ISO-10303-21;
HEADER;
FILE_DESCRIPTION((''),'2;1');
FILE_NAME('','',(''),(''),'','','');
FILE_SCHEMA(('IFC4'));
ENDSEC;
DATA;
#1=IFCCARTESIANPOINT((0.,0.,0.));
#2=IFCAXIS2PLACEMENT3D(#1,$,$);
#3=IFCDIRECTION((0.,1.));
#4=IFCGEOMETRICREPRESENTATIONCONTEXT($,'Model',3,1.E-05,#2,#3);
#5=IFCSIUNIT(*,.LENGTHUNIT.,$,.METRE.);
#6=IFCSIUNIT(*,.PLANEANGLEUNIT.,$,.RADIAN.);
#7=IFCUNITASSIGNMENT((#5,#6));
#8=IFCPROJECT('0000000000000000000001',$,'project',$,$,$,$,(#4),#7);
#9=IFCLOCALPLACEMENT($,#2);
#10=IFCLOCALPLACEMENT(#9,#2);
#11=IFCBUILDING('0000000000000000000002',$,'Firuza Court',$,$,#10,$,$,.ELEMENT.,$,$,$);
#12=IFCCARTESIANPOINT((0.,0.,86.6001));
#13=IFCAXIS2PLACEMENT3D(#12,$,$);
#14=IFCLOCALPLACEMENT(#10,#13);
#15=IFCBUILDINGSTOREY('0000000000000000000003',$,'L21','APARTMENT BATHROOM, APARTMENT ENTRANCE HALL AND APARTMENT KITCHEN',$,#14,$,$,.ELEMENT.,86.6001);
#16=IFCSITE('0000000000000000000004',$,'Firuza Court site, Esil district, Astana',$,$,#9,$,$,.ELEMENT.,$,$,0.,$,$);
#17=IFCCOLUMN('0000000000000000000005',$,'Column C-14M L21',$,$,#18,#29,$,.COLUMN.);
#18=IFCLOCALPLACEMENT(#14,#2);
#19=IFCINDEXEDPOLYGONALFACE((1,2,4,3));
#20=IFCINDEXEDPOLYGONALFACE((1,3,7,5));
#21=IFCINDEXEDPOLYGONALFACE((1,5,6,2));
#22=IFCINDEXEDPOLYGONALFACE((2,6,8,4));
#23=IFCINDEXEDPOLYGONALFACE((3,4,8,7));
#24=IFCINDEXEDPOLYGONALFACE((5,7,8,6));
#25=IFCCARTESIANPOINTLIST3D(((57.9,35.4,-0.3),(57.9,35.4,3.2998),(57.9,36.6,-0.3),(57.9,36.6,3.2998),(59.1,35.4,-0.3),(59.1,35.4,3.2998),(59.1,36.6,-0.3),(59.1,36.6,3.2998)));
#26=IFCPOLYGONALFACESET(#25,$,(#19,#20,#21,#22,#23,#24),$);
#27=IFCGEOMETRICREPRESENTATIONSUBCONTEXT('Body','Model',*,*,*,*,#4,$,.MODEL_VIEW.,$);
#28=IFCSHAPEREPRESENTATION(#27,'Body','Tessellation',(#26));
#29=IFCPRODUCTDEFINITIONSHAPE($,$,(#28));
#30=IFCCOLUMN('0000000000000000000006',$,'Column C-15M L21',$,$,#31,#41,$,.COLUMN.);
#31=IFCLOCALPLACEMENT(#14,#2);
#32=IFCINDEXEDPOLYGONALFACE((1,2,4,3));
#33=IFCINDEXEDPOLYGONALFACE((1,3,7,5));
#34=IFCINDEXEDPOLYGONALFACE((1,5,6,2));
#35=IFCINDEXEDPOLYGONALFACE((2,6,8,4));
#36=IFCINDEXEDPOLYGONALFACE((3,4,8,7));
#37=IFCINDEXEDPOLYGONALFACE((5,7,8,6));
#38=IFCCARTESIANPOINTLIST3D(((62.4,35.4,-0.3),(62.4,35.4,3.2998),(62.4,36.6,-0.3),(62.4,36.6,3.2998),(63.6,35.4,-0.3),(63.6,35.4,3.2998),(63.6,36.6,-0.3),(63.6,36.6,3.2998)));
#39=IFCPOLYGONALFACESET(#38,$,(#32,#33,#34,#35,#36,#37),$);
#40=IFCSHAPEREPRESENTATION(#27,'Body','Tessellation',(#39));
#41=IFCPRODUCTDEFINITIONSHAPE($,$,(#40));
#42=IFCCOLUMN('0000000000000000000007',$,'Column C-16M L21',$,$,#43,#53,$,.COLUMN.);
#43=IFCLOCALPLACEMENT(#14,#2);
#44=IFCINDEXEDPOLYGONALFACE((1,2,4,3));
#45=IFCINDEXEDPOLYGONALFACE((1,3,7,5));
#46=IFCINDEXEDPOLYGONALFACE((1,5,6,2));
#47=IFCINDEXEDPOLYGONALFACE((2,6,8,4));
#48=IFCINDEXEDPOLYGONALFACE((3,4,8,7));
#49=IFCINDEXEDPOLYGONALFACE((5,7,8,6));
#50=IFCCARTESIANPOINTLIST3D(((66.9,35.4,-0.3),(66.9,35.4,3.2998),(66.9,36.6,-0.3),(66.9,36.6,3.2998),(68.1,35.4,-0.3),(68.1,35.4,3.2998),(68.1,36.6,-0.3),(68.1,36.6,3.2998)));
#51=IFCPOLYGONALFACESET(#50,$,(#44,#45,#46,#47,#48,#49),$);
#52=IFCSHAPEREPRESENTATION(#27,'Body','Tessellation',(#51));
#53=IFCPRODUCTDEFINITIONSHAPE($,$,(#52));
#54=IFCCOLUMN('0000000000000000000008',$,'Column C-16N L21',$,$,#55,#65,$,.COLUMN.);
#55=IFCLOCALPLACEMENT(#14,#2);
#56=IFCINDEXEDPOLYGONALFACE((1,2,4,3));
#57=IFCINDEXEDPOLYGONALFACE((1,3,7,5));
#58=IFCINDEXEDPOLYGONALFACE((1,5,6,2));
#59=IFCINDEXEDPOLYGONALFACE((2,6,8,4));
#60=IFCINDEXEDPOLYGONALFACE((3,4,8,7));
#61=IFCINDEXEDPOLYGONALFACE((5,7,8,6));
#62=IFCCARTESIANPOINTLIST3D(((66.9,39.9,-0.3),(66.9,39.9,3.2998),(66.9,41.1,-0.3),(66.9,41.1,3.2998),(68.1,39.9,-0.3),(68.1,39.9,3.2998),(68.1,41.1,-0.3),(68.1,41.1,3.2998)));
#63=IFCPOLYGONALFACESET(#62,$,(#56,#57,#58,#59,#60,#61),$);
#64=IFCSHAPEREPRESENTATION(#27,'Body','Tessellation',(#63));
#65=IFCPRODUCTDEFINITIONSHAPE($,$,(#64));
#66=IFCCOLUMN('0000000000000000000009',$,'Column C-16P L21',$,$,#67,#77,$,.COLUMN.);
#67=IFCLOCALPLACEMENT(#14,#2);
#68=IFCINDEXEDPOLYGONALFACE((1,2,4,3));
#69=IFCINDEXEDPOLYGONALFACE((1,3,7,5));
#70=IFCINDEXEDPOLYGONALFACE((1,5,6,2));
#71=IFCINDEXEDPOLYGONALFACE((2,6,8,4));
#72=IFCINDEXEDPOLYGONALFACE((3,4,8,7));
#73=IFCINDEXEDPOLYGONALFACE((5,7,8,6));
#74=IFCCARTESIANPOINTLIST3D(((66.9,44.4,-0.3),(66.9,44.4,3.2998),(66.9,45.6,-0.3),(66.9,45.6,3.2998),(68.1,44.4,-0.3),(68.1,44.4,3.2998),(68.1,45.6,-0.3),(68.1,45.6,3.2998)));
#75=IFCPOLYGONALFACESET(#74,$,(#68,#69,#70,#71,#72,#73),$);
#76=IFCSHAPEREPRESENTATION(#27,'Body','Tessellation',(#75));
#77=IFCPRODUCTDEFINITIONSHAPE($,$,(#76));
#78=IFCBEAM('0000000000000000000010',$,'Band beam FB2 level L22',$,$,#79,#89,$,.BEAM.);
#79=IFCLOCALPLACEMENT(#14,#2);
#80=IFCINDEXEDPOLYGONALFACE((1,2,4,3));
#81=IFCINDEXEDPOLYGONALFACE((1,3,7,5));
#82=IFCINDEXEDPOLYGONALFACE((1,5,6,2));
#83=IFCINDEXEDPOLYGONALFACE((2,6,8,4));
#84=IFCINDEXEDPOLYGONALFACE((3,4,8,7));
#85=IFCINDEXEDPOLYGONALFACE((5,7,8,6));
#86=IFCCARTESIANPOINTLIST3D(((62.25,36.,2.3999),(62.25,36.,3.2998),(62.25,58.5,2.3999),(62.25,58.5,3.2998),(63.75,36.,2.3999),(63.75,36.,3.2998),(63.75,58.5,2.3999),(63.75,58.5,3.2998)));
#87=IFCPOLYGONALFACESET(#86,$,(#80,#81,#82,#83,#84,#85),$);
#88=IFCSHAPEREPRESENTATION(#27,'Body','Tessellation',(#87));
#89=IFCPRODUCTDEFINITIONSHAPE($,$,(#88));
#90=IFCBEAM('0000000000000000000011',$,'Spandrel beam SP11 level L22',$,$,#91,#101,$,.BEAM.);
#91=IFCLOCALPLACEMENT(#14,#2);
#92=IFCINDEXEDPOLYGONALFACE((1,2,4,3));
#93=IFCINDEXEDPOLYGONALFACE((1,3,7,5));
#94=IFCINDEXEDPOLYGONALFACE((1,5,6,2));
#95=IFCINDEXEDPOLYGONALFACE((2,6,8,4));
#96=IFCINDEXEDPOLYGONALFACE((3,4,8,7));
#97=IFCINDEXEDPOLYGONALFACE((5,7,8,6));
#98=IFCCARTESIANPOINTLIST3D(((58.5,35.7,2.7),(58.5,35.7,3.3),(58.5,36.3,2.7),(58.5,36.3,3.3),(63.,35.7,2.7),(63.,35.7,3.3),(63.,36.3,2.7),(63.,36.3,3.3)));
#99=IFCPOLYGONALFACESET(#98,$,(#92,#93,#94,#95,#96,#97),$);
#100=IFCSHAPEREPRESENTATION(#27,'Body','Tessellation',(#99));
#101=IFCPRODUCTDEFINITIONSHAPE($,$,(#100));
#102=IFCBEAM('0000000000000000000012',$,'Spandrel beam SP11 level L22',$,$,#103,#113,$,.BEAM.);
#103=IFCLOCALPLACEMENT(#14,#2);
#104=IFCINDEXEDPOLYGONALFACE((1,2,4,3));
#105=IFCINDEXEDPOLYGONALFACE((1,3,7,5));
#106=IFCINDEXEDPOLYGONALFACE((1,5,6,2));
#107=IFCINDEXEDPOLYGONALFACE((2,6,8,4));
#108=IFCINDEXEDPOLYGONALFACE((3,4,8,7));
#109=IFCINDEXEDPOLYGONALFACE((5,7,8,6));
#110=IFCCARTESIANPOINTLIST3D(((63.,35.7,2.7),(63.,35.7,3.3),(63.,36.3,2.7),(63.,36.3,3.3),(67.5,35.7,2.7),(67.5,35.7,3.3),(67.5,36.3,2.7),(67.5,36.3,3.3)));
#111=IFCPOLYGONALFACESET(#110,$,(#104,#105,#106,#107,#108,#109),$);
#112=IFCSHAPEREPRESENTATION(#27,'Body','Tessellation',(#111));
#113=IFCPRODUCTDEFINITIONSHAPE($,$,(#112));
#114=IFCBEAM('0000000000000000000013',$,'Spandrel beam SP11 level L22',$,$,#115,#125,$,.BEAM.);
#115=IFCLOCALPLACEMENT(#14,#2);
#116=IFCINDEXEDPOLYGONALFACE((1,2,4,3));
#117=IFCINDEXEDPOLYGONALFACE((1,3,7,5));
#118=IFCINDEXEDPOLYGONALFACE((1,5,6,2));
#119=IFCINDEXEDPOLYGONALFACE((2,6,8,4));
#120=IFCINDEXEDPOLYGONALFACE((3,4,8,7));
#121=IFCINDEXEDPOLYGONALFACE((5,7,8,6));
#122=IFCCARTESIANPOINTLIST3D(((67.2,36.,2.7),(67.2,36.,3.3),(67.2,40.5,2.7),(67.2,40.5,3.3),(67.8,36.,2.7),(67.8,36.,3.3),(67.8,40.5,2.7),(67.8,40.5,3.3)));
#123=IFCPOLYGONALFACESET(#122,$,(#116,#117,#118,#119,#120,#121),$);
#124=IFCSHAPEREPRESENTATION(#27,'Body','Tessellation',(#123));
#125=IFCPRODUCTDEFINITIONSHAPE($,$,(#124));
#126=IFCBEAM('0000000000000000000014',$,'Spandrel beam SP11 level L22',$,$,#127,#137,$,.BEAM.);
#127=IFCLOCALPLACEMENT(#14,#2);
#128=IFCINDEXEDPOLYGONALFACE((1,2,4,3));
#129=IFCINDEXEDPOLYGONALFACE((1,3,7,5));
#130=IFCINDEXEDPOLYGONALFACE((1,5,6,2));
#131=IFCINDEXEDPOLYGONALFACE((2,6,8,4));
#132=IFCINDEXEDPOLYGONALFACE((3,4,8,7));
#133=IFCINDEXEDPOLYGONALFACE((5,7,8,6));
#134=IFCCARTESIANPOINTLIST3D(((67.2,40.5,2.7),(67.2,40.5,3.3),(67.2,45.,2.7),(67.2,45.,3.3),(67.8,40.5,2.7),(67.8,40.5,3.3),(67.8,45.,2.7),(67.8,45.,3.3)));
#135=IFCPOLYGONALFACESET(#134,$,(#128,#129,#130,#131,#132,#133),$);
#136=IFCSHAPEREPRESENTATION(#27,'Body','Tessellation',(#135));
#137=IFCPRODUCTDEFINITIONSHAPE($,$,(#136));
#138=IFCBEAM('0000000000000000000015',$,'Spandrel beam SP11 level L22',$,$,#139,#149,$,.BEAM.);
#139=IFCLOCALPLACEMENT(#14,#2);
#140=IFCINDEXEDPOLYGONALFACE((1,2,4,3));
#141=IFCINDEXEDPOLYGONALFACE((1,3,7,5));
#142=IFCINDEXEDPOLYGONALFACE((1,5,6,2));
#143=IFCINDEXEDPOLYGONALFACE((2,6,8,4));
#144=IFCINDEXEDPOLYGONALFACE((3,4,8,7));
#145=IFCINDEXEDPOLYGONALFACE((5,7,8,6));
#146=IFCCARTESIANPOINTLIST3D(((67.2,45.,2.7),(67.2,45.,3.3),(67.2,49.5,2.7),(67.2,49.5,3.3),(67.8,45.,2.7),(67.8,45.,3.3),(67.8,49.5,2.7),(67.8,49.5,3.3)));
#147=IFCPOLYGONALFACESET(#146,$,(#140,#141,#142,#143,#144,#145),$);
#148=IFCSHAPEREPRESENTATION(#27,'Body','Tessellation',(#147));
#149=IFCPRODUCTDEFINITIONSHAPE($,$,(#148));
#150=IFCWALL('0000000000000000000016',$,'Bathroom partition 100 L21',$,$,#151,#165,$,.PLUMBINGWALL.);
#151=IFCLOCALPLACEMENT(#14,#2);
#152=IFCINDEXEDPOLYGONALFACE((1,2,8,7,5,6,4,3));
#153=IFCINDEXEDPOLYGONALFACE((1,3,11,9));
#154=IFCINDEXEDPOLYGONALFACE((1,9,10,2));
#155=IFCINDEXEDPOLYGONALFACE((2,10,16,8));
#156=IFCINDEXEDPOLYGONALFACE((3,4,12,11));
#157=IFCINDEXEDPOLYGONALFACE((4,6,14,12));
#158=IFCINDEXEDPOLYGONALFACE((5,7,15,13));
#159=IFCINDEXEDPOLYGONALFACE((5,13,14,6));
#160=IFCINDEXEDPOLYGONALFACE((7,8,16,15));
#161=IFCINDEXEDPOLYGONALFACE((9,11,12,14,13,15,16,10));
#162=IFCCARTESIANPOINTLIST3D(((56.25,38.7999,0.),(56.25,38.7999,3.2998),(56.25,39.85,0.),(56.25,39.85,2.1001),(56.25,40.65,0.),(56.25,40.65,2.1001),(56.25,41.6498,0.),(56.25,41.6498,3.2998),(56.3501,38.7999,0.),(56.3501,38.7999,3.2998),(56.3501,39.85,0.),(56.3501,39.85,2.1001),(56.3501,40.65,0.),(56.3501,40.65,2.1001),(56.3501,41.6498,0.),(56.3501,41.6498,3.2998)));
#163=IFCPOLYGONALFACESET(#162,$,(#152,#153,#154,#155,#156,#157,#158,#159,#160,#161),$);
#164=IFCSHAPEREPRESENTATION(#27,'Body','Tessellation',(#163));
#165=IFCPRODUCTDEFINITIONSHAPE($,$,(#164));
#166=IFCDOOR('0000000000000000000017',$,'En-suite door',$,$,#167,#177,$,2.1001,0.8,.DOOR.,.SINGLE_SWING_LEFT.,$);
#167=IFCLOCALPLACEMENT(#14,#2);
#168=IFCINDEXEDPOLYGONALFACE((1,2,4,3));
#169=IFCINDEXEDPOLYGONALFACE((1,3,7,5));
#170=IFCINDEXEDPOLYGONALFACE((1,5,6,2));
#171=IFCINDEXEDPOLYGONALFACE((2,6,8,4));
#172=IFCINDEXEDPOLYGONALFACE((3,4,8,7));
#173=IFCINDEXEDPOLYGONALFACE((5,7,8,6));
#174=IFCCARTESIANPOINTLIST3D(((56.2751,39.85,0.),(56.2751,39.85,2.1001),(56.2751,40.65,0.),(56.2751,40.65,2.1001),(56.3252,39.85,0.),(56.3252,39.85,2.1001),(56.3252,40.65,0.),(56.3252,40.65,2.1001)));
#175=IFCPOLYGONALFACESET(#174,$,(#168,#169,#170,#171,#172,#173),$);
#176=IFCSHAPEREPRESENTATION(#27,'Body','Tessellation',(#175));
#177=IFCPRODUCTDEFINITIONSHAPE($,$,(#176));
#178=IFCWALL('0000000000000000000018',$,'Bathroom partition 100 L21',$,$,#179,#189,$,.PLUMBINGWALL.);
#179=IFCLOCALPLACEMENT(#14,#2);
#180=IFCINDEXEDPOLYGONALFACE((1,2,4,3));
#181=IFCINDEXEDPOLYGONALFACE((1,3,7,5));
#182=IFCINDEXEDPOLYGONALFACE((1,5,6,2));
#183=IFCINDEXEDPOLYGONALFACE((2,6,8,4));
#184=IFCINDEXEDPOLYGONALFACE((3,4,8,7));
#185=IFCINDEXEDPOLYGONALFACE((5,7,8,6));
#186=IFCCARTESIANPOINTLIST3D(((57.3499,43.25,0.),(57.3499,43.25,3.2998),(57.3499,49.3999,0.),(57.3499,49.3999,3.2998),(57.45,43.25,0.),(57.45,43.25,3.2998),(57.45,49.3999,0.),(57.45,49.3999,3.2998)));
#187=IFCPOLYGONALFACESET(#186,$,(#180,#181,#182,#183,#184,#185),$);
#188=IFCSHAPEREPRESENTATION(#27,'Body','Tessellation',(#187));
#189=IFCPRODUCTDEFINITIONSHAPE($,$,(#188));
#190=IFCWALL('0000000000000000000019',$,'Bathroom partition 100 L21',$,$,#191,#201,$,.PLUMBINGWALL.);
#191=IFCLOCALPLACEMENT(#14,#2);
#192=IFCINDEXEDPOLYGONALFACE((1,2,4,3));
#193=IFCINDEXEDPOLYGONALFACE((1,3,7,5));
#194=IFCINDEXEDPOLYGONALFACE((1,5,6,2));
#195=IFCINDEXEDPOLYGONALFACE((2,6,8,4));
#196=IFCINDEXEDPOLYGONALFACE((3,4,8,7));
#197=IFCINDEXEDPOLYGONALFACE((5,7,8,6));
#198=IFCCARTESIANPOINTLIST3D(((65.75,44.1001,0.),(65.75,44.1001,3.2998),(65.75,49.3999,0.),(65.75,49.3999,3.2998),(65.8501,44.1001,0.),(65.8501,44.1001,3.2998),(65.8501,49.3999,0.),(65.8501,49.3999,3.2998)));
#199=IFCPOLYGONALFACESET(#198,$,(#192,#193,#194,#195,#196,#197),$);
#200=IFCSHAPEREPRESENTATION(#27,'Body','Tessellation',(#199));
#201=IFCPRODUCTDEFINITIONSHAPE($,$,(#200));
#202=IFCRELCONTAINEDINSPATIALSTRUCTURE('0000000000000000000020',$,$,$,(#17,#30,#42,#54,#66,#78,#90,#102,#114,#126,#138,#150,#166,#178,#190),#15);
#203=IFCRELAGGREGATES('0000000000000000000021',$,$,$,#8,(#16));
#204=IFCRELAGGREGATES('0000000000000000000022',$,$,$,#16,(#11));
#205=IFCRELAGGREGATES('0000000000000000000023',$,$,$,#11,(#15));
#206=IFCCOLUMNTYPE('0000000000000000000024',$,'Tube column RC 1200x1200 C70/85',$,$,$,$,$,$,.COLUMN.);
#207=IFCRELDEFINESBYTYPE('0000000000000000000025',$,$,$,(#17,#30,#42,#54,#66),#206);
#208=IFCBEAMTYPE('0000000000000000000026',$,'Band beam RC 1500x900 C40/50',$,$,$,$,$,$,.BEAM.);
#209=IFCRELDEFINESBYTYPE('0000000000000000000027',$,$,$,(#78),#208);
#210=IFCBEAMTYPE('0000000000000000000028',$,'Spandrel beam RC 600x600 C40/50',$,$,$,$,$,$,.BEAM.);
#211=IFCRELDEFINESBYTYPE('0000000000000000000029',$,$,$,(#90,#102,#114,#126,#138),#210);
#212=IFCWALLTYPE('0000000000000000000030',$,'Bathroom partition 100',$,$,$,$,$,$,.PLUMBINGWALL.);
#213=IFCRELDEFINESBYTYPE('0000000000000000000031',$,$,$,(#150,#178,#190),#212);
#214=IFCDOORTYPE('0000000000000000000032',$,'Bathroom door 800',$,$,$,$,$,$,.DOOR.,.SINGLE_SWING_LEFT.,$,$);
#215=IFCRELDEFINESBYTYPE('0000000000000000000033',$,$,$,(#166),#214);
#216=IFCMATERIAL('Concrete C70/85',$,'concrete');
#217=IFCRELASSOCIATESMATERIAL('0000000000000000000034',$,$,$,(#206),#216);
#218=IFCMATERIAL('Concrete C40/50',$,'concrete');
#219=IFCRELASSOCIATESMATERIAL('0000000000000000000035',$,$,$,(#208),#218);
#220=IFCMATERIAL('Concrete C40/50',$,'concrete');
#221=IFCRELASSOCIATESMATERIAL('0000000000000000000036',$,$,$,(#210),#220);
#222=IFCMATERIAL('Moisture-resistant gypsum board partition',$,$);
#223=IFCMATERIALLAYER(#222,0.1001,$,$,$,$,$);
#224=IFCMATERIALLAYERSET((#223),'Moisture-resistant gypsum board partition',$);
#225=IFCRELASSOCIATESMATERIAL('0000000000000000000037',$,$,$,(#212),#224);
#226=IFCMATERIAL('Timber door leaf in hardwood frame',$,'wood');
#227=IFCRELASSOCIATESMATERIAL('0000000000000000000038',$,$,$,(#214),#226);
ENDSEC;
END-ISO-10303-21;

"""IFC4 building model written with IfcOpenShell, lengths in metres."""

from ifc_helpers import new_model, si_unit, direction, frame, frame_2d, origin, origin_2d, place, context, subcontext, project, spatial, rectangle, extrude, material, layer, layer_set, material_profile, profile_set, type_object, element, fill, save


model = new_model("IFC4")

# Units and contexts
model_context = context("Model", 3, precision=1e-05, world=origin(), true_north=direction((0.0, 1.0)))
body_context = subcontext(model_context, "Body", "Model", "MODEL_VIEW")
ifc_project = project(units=[si_unit("LENGTHUNIT", "METRE"), si_unit("PLANEANGLEUNIT", "RADIAN")], contexts=[model_context])

# Site, building, storey
site_placement = place(None, origin())
site = spatial("IfcSite", under=ifc_project, at=site_placement, Name="Firuza Court site, Esil district, Astana", CompositionType="ELEMENT", RefElevation=0.0)
building_placement = place(site_placement, origin())
building = spatial("IfcBuilding", under=site, at=building_placement, Name="Firuza Court", CompositionType="ELEMENT")
storey_placement = place(building_placement, frame((0.0, 0.0, 86.6001)))
storey = spatial("IfcBuildingStorey", under=building, at=storey_placement, Name="L21", Description="APARTMENT BATHROOM, APARTMENT ENTRANCE HALL AND APARTMENT KITCHEN", CompositionType="ELEMENT", Elevation=86.6001)

# Columns
ifc_material_1 = material(Name="Concrete C70/85", Category="concrete")
ifc_material_profile_1 = material_profile(ifc_material_1, rectangle(XDim=1.2, YDim=1.2, at=origin_2d()), Name="RC 1200x1200")
ifc_profile_set_1 = profile_set([ifc_material_profile_1], Name="Concrete C70/85")
column_type = type_object("IfcColumnType", Name="Tube column RC 1200x1200 C70/85", PredefinedType="COLUMN", material=ifc_profile_set_1)
for number, where, z_axis, x_axis, name in (
    (1, (58.5, 36.0, -0.3), (0.0, 0.0, 1.0), (1.0, 0.0, 0.0), "Column C-14M L21"),
    (2, (63.0, 36.0, -0.3), (0.0, 0.0, 1.0), (1.0, 0.0, 0.0), "Column C-15M L21"),
    (3, (67.5, 36.0, -0.3), (0.0, 0.0, 1.0), (1.0, 0.0, 0.0), "Column C-16M L21"),
    (4, (67.5, 40.5, -0.3), (0.0, 0.0, 1.0), (1.0, 0.0, 0.0), "Column C-16N L21"),
    (5, (67.5, 45.0, -0.3), (0.0, 0.0, 1.0), (1.0, 0.0, 0.0), "Column C-16P L21"),
):
    element("IfcColumn", number, at=place(storey_placement, frame(where, z_axis=z_axis, x_axis=x_axis)), inside=storey, type_object=column_type, Name=name, PredefinedType="COLUMN", context=body_context, shape_type="SweptSolid", body=[
        extrude(rectangle(XDim=1.2, YDim=1.2, at=origin_2d()), origin(), (0.0, 0.0, 1.0), 3.5999),
    ])

# Beams
ifc_material_2 = material(Name="Concrete C40/50", Category="concrete")
ifc_material_profile_2 = material_profile(ifc_material_2, rectangle(XDim=1.5, YDim=0.8999, at=origin_2d()), Name="RC 1500x900")
ifc_profile_set_2 = profile_set([ifc_material_profile_2], Name="Concrete C40/50")
beam_type_1 = type_object("IfcBeamType", Name="Band beam RC 1500x900 C40/50", PredefinedType="BEAM", material=ifc_profile_set_2)
beam_placement = place(storey_placement, frame((63.0, 36.0, 2.8499), z_axis=(0.0, 1.0, 0.0), x_axis=(-1.0, 0.0, 0.0)))
element("IfcBeam", 6, at=beam_placement, inside=storey, type_object=beam_type_1, Name="Band beam FB2 level L22", PredefinedType="BEAM", context=body_context, shape_type="SweptSolid", body=[
    extrude(rectangle(XDim=1.5, YDim=0.8999, at=origin_2d()), origin(), (0.0, 0.0, 1.0), 22.5),
])
ifc_material_3 = material(Name="Concrete C40/50", Category="concrete")
ifc_material_profile_3 = material_profile(ifc_material_3, rectangle(XDim=0.6001, YDim=0.6001, at=origin_2d()), Name="RC 600x600")
ifc_profile_set_3 = profile_set([ifc_material_profile_3], Name="Concrete C40/50")
beam_type_2 = type_object("IfcBeamType", Name="Spandrel beam RC 600x600 C40/50", PredefinedType="BEAM", material=ifc_profile_set_3)
for number, where, z_axis, x_axis, name in (
    (7, (58.5, 36.0, 3.0), (1.0, 0.0, 0.0), (0.0, 1.0, 0.0), "Spandrel beam SP11 level L22"),
    (8, (63.0, 36.0, 3.0), (1.0, 0.0, 0.0), (0.0, 1.0, 0.0), "Spandrel beam SP11 level L22"),
    (9, (67.5, 36.0, 3.0), (0.0, 1.0, 0.0), (-1.0, 0.0, 0.0), "Spandrel beam SP11 level L22"),
    (10, (67.5, 40.5, 3.0), (0.0, 1.0, 0.0), (-1.0, 0.0, 0.0), "Spandrel beam SP11 level L22"),
    (11, (67.5, 45.0, 3.0), (0.0, 1.0, 0.0), (-1.0, 0.0, 0.0), "Spandrel beam SP11 level L22"),
):
    element("IfcBeam", number, at=place(storey_placement, frame(where, z_axis=z_axis, x_axis=x_axis)), inside=storey, type_object=beam_type_2, Name=name, PredefinedType="BEAM", context=body_context, shape_type="SweptSolid", body=[
        extrude(rectangle(XDim=0.6001, YDim=0.6001, at=origin_2d()), origin(), (0.0, 0.0, 1.0), 4.5),
    ])

# Wall, opening, door
ifc_material_4 = material(Name="Moisture-resistant gypsum board partition")
ifc_layer_1 = layer(ifc_material_4, 0.1001)
ifc_layer_set_1 = layer_set([ifc_layer_1], Name="Moisture-resistant gypsum board partition")
wall_type_1 = type_object("IfcWallType", Name="Bathroom partition 100", PredefinedType="PLUMBINGWALL", material=ifc_layer_set_1)
wall_1_placement = place(storey_placement, frame((56.3, 38.8, 0.0), z_axis=(0.0, 0.0, 1.0), x_axis=(0.0, 1.0, 0.0)))
wall_1 = element("IfcWall", 12, at=wall_1_placement, inside=storey, type_object=wall_type_1, Name="Bathroom partition 100 L21", PredefinedType="PLUMBINGWALL", context=body_context, shape_type="SweptSolid", body=[
    extrude(rectangle(XDim=2.8499, YDim=0.1001, at=frame_2d((1.4248, 0.0))), origin(), (0.0, 0.0, 1.0), 3.2998),
])
opening_1_placement = place(wall_1_placement, frame((1.05, 0.0, 0.0)))
opening_1 = element("IfcOpeningElement", 13, at=opening_1_placement, cuts=wall_1, PredefinedType="OPENING", context=body_context, shape_type="SweptSolid", body=[
    extrude(rectangle(XDim=0.8, YDim=2.1001, at=frame_2d((0.3999, 1.05))), frame((0.0, 0.062, 0.0), z_axis=(0.0, -1.0, 0.0), x_axis=(1.0, 0.0, 0.0)), (0.0, 0.0, 1.0), 0.124),
])
ifc_material_5 = material(Name="Timber door leaf in hardwood frame", Category="wood")
door_type_1 = type_object("IfcDoorType", Name="Bathroom door 800", OperationType="SINGLE_SWING_LEFT", PredefinedType="DOOR", material=ifc_material_5)
door_1_placement = place(opening_1_placement, origin())
door_1 = element("IfcDoor", 14, at=door_1_placement, inside=storey, type_object=door_type_1, Name="En-suite door", OperationType="SINGLE_SWING_LEFT", OverallHeight=2.1001, OverallWidth=0.8, PredefinedType="DOOR", context=body_context, shape_type="SweptSolid", body=[
    extrude(rectangle(XDim=0.8, YDim=2.1001, at=frame_2d((0.3999, 1.05))), frame((0.0, 0.0249, 0.0), z_axis=(0.0, -1.0, 0.0), x_axis=(1.0, 0.0, 0.0)), (0.0, 0.0, 1.0), 0.05),
])
fill(opening_1, door_1)

# Walls
wall_2_placement = place(storey_placement, frame((57.3999, 43.25, 0.0), z_axis=(0.0, 0.0, 1.0), x_axis=(0.0, 1.0, 0.0)))
element("IfcWall", 15, at=wall_2_placement, inside=storey, type_object=wall_type_1, Name="Bathroom partition 100 L21", PredefinedType="PLUMBINGWALL", context=body_context, shape_type="SweptSolid", body=[
    extrude(rectangle(XDim=6.1499, YDim=0.1001, at=frame_2d((3.075, 0.0))), origin(), (0.0, 0.0, 1.0), 3.2998),
])
wall_3_placement = place(storey_placement, frame((65.8, 44.1001, 0.0), z_axis=(0.0, 0.0, 1.0), x_axis=(0.0, 1.0, 0.0)))
element("IfcWall", 16, at=wall_3_placement, inside=storey, type_object=wall_type_1, Name="Bathroom partition 100 L21", PredefinedType="PLUMBINGWALL", context=body_context, shape_type="SweptSolid", body=[
    extrude(rectangle(XDim=5.2998, YDim=0.1001, at=frame_2d((2.6499, 0.0))), origin(), (0.0, 0.0, 1.0), 3.2998),
])

save(model, "model.ifc")
